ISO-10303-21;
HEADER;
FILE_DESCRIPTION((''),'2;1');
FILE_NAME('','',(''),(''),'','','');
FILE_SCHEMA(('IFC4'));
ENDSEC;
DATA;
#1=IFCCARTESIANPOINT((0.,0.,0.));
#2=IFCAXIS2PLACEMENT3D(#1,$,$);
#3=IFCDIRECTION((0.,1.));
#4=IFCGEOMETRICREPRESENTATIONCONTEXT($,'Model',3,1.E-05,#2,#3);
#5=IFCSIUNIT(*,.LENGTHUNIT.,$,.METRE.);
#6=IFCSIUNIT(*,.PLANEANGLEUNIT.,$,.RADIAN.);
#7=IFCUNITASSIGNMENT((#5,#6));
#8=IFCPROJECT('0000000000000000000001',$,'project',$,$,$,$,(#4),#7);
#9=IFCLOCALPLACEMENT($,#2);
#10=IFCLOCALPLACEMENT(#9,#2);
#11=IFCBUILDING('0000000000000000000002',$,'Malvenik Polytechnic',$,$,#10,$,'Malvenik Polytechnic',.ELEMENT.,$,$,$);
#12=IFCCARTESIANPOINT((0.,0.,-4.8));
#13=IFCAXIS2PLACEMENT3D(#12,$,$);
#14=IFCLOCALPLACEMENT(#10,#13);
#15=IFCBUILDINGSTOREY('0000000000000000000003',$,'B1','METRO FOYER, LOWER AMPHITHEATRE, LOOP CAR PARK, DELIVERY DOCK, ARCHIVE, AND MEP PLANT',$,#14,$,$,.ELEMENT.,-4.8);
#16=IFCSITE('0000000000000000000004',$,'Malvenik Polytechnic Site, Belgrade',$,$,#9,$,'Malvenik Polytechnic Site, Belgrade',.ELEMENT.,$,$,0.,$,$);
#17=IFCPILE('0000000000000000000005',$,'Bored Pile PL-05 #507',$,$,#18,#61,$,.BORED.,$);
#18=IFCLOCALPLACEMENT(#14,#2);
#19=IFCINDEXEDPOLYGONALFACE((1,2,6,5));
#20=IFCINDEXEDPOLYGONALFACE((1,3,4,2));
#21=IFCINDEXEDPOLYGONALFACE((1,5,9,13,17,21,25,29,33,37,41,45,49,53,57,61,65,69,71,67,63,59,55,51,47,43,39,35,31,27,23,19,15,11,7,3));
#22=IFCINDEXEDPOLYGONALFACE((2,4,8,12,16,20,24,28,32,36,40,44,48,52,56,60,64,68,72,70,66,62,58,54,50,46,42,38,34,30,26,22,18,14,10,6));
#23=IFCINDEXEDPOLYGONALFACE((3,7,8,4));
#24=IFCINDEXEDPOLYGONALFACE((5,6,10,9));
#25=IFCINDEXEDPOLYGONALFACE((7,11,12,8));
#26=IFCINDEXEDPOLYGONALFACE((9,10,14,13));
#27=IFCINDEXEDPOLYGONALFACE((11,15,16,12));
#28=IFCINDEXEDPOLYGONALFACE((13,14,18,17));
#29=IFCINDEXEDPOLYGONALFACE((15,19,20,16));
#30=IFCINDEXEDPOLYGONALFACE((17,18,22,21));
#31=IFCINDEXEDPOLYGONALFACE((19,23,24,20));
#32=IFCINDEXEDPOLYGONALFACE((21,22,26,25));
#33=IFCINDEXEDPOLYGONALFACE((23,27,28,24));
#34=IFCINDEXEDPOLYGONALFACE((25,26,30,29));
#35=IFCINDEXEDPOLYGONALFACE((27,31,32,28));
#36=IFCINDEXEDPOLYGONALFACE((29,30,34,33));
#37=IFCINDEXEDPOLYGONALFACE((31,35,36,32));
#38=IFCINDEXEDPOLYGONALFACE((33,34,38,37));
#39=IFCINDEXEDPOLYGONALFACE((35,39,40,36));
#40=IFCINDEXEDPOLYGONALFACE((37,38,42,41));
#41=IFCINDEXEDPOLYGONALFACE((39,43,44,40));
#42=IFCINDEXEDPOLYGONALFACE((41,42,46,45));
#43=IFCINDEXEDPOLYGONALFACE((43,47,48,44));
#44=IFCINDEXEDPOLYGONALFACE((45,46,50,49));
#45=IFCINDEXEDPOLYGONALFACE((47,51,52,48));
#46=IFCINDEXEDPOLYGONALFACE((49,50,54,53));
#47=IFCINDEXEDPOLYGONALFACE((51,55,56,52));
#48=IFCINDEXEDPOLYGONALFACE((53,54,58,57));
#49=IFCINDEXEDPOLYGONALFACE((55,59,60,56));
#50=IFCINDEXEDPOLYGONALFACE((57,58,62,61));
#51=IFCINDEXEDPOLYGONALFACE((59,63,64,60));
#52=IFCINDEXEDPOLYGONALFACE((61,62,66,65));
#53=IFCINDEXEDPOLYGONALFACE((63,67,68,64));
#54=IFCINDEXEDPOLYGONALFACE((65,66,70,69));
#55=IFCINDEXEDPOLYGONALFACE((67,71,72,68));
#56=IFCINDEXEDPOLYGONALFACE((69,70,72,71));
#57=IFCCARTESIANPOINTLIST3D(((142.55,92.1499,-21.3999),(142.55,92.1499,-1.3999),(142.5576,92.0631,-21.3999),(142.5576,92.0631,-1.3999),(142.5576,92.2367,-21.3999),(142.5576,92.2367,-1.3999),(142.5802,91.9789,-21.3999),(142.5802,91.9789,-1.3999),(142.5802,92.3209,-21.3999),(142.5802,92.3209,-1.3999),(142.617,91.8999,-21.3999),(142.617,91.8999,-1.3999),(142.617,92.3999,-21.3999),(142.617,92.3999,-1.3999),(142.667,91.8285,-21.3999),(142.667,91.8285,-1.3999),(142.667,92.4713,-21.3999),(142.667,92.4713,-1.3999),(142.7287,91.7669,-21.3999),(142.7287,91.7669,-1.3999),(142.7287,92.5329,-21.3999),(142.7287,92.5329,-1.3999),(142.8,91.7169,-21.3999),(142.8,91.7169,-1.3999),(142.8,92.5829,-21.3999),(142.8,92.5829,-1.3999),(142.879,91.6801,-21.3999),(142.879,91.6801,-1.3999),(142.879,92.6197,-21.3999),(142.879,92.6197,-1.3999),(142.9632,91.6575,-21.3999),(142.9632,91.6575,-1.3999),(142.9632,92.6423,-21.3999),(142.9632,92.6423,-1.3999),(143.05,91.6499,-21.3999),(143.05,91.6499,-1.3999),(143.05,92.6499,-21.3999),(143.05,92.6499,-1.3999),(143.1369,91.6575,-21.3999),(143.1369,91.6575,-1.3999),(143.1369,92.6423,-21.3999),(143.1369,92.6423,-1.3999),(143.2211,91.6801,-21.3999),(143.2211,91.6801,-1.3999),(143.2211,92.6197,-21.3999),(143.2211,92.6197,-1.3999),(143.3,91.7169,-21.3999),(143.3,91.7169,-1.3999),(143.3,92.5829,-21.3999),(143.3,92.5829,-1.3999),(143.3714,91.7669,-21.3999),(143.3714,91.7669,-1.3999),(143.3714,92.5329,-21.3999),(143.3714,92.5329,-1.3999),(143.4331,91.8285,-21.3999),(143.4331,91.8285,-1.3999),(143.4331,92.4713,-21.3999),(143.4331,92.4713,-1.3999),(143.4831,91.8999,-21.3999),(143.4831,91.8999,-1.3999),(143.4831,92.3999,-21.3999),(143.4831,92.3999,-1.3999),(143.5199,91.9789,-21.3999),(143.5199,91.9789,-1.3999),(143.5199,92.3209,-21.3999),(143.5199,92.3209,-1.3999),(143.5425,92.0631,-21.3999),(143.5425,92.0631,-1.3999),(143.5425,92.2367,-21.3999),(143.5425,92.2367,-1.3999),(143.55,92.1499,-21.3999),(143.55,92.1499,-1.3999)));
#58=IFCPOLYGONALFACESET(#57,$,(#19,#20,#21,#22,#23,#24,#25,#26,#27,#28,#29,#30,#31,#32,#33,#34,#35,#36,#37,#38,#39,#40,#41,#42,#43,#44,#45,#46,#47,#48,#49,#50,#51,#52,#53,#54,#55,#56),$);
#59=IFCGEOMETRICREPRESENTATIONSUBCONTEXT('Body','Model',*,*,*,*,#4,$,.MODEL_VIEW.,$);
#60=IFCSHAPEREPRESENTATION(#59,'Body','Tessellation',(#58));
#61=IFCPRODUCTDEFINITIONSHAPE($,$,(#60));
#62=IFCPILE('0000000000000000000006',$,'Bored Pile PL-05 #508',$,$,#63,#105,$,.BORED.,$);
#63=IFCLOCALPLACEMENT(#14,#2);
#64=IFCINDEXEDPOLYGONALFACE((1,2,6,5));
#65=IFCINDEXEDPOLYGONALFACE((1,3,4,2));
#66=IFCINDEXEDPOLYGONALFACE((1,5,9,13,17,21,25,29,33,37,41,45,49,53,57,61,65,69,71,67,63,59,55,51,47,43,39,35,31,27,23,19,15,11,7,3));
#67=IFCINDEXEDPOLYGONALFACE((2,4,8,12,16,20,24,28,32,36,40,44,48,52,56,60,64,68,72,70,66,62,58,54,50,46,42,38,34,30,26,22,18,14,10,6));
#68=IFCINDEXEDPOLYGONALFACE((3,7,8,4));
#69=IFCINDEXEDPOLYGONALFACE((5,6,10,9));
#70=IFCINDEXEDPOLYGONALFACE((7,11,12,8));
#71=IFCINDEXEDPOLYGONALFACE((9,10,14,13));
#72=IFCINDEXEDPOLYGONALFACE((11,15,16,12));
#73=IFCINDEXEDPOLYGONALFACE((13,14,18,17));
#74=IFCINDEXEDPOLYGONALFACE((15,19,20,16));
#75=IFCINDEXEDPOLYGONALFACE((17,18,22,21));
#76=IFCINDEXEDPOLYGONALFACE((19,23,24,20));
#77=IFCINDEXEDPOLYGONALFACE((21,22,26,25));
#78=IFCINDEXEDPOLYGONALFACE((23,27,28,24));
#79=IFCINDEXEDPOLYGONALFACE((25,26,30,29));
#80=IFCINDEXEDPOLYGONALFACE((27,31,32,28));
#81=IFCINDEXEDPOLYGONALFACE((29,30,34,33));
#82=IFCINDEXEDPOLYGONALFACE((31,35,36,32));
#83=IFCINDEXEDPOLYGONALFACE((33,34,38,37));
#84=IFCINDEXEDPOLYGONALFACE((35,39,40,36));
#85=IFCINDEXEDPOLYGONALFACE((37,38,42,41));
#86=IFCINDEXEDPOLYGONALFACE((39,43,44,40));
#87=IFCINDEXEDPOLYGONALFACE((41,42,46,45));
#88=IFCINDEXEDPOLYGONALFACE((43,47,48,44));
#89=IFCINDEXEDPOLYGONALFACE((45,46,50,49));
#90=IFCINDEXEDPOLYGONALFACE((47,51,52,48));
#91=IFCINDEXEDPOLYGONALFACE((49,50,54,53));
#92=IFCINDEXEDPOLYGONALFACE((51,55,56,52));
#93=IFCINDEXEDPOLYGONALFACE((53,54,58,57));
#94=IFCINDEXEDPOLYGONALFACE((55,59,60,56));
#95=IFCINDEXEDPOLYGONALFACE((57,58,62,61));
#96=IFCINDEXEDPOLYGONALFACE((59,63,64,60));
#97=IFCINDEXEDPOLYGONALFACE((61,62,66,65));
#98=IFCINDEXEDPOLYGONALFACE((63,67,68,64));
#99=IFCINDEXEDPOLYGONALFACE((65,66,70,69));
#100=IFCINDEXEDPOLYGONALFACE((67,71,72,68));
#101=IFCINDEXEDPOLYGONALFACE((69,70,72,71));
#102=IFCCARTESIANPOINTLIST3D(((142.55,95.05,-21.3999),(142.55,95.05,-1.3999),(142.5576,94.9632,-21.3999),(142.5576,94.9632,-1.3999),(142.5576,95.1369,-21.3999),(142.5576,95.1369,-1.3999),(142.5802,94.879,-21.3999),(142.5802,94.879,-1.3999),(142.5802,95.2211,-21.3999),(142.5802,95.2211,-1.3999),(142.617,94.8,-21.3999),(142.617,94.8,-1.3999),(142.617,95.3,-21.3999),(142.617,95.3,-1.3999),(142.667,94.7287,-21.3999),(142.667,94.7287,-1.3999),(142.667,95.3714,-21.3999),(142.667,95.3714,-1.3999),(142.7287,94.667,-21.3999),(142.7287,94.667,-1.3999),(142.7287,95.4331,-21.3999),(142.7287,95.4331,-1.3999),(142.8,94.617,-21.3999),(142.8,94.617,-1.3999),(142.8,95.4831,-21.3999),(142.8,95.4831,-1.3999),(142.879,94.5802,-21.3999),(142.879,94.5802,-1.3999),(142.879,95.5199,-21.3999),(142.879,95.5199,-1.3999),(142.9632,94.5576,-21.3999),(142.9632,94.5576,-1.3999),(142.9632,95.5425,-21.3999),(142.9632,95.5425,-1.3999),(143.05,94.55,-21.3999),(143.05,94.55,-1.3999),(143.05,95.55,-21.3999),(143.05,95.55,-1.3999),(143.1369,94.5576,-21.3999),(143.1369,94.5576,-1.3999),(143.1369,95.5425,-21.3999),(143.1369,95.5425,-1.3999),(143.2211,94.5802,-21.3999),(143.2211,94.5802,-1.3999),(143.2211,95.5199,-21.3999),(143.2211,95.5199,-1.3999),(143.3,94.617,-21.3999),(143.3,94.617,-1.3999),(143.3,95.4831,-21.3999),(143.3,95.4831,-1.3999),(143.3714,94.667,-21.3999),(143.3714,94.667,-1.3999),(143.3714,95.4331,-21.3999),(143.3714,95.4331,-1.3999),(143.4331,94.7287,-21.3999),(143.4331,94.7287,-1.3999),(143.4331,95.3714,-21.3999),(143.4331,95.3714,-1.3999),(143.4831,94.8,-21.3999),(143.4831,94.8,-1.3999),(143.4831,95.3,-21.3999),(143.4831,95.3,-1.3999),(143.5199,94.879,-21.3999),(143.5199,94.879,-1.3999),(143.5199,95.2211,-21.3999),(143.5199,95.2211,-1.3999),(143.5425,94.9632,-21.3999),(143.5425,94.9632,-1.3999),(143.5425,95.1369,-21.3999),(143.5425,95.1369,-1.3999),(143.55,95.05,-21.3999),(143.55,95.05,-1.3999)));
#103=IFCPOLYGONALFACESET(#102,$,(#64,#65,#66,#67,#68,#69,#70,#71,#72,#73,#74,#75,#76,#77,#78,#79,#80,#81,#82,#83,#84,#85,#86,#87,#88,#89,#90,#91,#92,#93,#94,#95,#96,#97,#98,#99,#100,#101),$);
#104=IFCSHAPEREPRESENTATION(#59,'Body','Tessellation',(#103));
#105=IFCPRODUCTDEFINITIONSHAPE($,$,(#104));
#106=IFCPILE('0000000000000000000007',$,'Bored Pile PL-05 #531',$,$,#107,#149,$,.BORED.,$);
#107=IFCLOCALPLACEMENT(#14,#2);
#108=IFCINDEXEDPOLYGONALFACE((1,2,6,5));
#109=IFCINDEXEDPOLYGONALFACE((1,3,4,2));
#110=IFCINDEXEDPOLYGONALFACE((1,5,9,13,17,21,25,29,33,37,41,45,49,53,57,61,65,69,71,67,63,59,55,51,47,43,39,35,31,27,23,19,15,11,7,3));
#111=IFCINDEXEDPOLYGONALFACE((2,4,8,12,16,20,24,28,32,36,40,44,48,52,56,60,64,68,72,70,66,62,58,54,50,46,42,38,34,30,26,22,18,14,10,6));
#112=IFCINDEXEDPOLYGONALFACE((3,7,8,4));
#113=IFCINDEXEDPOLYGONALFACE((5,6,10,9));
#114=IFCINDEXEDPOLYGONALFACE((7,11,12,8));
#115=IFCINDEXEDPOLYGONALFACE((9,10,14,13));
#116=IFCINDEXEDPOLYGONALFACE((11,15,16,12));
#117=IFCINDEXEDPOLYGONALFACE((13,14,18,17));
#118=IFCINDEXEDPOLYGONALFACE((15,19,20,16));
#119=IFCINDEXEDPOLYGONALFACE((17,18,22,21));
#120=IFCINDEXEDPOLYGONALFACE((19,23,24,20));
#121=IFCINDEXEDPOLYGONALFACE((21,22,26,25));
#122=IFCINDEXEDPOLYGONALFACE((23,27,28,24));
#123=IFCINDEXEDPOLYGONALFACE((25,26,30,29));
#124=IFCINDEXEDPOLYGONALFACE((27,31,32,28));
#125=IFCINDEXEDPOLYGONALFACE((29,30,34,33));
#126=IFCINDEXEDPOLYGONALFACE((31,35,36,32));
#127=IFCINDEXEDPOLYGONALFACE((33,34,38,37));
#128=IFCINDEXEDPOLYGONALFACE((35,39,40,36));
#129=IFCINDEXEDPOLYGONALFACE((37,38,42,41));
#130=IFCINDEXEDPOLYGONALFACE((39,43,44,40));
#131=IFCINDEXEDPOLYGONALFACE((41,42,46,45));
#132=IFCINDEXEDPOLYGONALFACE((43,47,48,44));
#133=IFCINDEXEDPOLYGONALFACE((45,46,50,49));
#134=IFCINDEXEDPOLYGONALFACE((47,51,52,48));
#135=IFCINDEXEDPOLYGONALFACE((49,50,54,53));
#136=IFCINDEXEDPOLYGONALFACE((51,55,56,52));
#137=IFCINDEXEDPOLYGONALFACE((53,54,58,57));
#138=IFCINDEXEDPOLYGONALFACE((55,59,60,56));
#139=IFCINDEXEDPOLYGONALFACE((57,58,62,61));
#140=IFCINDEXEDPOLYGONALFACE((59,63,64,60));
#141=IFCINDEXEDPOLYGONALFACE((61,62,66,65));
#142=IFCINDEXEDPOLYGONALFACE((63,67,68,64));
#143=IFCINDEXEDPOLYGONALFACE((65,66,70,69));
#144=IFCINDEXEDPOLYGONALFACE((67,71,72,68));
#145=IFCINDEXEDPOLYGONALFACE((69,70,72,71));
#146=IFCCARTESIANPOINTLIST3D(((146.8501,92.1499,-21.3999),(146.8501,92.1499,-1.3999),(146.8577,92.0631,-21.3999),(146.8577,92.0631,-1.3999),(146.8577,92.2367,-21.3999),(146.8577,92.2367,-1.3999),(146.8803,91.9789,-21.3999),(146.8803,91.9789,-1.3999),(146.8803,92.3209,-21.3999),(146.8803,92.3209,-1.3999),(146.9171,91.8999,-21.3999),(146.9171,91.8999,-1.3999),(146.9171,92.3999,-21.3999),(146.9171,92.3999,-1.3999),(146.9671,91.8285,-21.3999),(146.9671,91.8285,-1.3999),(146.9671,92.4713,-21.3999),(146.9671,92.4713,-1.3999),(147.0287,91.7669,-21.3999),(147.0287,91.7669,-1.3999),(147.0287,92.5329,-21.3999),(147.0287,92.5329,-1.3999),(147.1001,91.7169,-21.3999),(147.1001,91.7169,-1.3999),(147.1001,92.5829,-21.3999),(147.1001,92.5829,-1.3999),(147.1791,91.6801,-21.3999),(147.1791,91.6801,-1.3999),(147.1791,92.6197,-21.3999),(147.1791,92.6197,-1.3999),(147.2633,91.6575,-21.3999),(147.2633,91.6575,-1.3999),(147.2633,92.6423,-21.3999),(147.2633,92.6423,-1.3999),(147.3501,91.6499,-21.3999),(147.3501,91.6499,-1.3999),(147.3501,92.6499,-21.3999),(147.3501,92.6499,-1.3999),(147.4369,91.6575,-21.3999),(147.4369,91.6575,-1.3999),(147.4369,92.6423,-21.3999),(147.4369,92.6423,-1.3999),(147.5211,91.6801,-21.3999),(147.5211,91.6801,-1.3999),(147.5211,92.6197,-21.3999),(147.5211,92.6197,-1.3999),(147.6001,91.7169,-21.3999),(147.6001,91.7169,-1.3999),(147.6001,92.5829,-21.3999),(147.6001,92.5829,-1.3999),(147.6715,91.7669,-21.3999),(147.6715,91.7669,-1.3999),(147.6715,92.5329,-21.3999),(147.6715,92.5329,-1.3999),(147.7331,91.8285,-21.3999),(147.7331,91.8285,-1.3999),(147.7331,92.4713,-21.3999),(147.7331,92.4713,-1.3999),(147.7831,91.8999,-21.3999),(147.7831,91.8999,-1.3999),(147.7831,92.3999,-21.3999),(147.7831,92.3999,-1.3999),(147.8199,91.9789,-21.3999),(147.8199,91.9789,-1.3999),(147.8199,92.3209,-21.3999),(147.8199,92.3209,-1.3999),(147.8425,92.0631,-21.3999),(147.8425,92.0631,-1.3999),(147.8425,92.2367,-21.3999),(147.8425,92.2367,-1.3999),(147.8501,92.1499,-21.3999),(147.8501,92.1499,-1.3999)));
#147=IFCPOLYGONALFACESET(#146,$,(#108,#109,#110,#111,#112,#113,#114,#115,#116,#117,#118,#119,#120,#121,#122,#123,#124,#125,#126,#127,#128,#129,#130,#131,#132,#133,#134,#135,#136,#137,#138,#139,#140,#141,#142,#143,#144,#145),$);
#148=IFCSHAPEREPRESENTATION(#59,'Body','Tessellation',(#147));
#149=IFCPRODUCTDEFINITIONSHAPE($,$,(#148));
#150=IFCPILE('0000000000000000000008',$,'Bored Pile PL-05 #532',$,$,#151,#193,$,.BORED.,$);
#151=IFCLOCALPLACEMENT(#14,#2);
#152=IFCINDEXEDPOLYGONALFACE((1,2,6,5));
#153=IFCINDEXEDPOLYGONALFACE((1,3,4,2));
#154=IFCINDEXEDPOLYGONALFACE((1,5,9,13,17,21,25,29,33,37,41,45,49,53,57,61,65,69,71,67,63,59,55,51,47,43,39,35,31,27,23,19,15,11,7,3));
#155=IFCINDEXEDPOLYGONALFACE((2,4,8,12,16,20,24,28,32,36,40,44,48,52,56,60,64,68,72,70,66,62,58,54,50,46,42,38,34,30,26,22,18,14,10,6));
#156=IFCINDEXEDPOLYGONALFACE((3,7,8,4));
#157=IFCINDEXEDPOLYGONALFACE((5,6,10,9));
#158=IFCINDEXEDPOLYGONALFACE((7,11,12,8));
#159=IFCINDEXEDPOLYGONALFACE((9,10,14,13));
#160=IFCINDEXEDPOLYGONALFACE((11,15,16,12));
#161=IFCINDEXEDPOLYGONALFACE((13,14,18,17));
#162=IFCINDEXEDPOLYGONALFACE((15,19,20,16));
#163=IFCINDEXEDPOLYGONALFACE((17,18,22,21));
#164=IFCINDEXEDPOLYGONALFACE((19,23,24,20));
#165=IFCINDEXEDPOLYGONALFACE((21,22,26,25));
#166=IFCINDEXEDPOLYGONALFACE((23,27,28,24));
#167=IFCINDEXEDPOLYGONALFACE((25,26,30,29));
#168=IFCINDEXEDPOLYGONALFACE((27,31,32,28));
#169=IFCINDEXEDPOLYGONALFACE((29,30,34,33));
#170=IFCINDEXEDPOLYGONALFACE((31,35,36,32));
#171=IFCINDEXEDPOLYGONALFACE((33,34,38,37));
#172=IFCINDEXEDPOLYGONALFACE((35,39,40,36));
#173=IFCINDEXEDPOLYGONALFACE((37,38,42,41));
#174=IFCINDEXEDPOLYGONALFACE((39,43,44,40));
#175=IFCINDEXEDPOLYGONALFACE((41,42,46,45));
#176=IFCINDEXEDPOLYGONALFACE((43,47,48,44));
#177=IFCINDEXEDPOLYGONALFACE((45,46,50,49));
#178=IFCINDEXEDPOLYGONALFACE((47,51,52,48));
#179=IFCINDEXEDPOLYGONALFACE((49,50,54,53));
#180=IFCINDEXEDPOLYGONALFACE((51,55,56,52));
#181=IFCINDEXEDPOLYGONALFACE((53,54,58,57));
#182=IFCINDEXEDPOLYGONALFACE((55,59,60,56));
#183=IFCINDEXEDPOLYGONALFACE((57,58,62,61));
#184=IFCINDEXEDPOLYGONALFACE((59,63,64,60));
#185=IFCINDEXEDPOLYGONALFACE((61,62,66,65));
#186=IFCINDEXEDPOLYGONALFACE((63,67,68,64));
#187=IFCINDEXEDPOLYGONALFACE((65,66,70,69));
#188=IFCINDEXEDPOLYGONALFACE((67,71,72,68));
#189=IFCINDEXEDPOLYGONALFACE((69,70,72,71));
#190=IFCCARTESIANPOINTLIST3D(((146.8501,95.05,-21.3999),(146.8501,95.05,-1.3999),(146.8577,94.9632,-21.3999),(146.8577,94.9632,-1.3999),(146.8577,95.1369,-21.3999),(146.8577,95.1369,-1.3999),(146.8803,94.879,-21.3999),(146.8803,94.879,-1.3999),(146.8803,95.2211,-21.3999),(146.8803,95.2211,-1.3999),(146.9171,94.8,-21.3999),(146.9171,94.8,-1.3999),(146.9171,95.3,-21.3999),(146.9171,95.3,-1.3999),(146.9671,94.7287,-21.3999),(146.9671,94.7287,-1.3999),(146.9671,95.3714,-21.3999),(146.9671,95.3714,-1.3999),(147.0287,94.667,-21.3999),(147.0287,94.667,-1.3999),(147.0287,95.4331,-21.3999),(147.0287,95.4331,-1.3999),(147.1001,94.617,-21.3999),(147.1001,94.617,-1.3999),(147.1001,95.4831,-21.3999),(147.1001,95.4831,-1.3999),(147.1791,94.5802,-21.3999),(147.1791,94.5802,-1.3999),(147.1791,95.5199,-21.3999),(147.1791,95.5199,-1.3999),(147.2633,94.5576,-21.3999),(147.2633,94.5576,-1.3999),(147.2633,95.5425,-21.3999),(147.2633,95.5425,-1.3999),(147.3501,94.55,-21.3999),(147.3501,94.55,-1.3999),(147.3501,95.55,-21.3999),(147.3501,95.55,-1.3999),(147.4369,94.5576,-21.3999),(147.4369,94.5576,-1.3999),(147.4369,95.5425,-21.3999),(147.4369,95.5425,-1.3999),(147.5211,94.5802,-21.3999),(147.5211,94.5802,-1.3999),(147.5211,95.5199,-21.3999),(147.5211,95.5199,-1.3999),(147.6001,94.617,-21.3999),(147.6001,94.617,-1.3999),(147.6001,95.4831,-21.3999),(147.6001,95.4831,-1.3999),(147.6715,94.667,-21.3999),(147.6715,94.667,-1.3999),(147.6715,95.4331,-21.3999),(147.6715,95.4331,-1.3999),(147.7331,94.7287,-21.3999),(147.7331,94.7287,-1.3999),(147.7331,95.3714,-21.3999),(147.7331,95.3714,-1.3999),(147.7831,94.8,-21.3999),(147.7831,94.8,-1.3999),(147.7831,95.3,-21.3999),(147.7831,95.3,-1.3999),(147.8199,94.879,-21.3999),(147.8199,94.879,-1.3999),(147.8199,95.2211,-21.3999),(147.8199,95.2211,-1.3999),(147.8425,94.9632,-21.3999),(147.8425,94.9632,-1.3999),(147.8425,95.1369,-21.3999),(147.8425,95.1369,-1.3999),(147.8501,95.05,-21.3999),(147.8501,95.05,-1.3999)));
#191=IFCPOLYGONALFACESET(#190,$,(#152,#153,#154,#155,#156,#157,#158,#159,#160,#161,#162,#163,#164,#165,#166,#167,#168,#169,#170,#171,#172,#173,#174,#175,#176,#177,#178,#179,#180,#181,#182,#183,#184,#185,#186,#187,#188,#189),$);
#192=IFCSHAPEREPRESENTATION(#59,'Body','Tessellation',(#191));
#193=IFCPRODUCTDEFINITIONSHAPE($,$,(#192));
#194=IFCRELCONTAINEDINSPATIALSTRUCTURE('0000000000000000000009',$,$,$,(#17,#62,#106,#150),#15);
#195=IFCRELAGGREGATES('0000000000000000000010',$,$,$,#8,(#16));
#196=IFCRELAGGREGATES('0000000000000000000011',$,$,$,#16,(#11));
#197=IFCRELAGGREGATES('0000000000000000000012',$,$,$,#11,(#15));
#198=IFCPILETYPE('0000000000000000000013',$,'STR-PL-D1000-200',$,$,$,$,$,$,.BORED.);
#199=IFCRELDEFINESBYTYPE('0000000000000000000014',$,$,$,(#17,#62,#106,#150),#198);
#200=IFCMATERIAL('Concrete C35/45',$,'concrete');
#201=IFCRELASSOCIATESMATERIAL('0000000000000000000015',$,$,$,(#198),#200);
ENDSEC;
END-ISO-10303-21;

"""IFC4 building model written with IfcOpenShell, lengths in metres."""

from ifc_helpers import new_model, si_unit, direction, frame, origin, origin_2d, place, context, subcontext, project, spatial, circle, extrude, material, material_profile, profile_set, type_object, element, save


model = new_model("IFC4")

# Units and contexts
model_context = context("Model", 3, precision=1e-05, world=origin(), true_north=direction((0.0, 1.0)))
body_context = subcontext(model_context, "Body", "Model", "MODEL_VIEW")
ifc_project = project(units=[si_unit("LENGTHUNIT", "METRE"), si_unit("PLANEANGLEUNIT", "RADIAN")], contexts=[model_context])

# Site, building, storey
site_placement = place(None, origin())
site = spatial("IfcSite", under=ifc_project, at=site_placement, Name="Malvenik Polytechnic Site, Belgrade", LongName="Malvenik Polytechnic Site, Belgrade", CompositionType="ELEMENT", RefElevation=0.0)
building_placement = place(site_placement, origin())
building = spatial("IfcBuilding", under=site, at=building_placement, Name="Malvenik Polytechnic", LongName="Malvenik Polytechnic", CompositionType="ELEMENT")
storey_placement = place(building_placement, frame((0.0, 0.0, -4.8)))
storey = spatial("IfcBuildingStorey", under=building, at=storey_placement, Name="B1", Description="METRO FOYER, LOWER AMPHITHEATRE, LOOP CAR PARK, DELIVERY DOCK, ARCHIVE, AND MEP PLANT", CompositionType="ELEMENT", Elevation=-4.8)

# Shared definitions
ifc_material_1 = material(Name="Concrete C35/45", Category="concrete")

# Piles
ifc_material_profile_1 = material_profile(ifc_material_1, circle(Radius=0.5, at=origin_2d()), Name="BORED PILE D1000")
ifc_profile_set_1 = profile_set([ifc_material_profile_1], Name="Concrete C35/45")
pile_type_1 = type_object("IfcPileType", Name="STR-PL-D1000-200", PredefinedType="BORED", material=ifc_profile_set_1)
for number, where, z_axis, x_axis, name in (
    (1, (143.05, 92.1499, -1.3999), (0.0, 0.0, -1.0), (1.0, 0.0, 0.0), "Bored Pile PL-05 #507"),
    (2, (143.05, 95.05, -1.3999), (0.0, 0.0, -1.0), (1.0, 0.0, 0.0), "Bored Pile PL-05 #508"),
    (3, (147.3501, 92.1499, -1.3999), (0.0, 0.0, -1.0), (1.0, 0.0, 0.0), "Bored Pile PL-05 #531"),
    (4, (147.3501, 95.05, -1.3999), (0.0, 0.0, -1.0), (1.0, 0.0, 0.0), "Bored Pile PL-05 #532"),
):
    element("IfcPile", number, at=place(storey_placement, frame(where, z_axis=z_axis, x_axis=x_axis)), inside=storey, type_object=pile_type_1, Name=name, PredefinedType="BORED", context=body_context, shape_type="SweptSolid", body=[
        extrude(circle(Radius=0.5, at=origin_2d()), origin(), (0.0, 0.0, 1.0), 20.0),
    ])

save(model, "model.ifc")
